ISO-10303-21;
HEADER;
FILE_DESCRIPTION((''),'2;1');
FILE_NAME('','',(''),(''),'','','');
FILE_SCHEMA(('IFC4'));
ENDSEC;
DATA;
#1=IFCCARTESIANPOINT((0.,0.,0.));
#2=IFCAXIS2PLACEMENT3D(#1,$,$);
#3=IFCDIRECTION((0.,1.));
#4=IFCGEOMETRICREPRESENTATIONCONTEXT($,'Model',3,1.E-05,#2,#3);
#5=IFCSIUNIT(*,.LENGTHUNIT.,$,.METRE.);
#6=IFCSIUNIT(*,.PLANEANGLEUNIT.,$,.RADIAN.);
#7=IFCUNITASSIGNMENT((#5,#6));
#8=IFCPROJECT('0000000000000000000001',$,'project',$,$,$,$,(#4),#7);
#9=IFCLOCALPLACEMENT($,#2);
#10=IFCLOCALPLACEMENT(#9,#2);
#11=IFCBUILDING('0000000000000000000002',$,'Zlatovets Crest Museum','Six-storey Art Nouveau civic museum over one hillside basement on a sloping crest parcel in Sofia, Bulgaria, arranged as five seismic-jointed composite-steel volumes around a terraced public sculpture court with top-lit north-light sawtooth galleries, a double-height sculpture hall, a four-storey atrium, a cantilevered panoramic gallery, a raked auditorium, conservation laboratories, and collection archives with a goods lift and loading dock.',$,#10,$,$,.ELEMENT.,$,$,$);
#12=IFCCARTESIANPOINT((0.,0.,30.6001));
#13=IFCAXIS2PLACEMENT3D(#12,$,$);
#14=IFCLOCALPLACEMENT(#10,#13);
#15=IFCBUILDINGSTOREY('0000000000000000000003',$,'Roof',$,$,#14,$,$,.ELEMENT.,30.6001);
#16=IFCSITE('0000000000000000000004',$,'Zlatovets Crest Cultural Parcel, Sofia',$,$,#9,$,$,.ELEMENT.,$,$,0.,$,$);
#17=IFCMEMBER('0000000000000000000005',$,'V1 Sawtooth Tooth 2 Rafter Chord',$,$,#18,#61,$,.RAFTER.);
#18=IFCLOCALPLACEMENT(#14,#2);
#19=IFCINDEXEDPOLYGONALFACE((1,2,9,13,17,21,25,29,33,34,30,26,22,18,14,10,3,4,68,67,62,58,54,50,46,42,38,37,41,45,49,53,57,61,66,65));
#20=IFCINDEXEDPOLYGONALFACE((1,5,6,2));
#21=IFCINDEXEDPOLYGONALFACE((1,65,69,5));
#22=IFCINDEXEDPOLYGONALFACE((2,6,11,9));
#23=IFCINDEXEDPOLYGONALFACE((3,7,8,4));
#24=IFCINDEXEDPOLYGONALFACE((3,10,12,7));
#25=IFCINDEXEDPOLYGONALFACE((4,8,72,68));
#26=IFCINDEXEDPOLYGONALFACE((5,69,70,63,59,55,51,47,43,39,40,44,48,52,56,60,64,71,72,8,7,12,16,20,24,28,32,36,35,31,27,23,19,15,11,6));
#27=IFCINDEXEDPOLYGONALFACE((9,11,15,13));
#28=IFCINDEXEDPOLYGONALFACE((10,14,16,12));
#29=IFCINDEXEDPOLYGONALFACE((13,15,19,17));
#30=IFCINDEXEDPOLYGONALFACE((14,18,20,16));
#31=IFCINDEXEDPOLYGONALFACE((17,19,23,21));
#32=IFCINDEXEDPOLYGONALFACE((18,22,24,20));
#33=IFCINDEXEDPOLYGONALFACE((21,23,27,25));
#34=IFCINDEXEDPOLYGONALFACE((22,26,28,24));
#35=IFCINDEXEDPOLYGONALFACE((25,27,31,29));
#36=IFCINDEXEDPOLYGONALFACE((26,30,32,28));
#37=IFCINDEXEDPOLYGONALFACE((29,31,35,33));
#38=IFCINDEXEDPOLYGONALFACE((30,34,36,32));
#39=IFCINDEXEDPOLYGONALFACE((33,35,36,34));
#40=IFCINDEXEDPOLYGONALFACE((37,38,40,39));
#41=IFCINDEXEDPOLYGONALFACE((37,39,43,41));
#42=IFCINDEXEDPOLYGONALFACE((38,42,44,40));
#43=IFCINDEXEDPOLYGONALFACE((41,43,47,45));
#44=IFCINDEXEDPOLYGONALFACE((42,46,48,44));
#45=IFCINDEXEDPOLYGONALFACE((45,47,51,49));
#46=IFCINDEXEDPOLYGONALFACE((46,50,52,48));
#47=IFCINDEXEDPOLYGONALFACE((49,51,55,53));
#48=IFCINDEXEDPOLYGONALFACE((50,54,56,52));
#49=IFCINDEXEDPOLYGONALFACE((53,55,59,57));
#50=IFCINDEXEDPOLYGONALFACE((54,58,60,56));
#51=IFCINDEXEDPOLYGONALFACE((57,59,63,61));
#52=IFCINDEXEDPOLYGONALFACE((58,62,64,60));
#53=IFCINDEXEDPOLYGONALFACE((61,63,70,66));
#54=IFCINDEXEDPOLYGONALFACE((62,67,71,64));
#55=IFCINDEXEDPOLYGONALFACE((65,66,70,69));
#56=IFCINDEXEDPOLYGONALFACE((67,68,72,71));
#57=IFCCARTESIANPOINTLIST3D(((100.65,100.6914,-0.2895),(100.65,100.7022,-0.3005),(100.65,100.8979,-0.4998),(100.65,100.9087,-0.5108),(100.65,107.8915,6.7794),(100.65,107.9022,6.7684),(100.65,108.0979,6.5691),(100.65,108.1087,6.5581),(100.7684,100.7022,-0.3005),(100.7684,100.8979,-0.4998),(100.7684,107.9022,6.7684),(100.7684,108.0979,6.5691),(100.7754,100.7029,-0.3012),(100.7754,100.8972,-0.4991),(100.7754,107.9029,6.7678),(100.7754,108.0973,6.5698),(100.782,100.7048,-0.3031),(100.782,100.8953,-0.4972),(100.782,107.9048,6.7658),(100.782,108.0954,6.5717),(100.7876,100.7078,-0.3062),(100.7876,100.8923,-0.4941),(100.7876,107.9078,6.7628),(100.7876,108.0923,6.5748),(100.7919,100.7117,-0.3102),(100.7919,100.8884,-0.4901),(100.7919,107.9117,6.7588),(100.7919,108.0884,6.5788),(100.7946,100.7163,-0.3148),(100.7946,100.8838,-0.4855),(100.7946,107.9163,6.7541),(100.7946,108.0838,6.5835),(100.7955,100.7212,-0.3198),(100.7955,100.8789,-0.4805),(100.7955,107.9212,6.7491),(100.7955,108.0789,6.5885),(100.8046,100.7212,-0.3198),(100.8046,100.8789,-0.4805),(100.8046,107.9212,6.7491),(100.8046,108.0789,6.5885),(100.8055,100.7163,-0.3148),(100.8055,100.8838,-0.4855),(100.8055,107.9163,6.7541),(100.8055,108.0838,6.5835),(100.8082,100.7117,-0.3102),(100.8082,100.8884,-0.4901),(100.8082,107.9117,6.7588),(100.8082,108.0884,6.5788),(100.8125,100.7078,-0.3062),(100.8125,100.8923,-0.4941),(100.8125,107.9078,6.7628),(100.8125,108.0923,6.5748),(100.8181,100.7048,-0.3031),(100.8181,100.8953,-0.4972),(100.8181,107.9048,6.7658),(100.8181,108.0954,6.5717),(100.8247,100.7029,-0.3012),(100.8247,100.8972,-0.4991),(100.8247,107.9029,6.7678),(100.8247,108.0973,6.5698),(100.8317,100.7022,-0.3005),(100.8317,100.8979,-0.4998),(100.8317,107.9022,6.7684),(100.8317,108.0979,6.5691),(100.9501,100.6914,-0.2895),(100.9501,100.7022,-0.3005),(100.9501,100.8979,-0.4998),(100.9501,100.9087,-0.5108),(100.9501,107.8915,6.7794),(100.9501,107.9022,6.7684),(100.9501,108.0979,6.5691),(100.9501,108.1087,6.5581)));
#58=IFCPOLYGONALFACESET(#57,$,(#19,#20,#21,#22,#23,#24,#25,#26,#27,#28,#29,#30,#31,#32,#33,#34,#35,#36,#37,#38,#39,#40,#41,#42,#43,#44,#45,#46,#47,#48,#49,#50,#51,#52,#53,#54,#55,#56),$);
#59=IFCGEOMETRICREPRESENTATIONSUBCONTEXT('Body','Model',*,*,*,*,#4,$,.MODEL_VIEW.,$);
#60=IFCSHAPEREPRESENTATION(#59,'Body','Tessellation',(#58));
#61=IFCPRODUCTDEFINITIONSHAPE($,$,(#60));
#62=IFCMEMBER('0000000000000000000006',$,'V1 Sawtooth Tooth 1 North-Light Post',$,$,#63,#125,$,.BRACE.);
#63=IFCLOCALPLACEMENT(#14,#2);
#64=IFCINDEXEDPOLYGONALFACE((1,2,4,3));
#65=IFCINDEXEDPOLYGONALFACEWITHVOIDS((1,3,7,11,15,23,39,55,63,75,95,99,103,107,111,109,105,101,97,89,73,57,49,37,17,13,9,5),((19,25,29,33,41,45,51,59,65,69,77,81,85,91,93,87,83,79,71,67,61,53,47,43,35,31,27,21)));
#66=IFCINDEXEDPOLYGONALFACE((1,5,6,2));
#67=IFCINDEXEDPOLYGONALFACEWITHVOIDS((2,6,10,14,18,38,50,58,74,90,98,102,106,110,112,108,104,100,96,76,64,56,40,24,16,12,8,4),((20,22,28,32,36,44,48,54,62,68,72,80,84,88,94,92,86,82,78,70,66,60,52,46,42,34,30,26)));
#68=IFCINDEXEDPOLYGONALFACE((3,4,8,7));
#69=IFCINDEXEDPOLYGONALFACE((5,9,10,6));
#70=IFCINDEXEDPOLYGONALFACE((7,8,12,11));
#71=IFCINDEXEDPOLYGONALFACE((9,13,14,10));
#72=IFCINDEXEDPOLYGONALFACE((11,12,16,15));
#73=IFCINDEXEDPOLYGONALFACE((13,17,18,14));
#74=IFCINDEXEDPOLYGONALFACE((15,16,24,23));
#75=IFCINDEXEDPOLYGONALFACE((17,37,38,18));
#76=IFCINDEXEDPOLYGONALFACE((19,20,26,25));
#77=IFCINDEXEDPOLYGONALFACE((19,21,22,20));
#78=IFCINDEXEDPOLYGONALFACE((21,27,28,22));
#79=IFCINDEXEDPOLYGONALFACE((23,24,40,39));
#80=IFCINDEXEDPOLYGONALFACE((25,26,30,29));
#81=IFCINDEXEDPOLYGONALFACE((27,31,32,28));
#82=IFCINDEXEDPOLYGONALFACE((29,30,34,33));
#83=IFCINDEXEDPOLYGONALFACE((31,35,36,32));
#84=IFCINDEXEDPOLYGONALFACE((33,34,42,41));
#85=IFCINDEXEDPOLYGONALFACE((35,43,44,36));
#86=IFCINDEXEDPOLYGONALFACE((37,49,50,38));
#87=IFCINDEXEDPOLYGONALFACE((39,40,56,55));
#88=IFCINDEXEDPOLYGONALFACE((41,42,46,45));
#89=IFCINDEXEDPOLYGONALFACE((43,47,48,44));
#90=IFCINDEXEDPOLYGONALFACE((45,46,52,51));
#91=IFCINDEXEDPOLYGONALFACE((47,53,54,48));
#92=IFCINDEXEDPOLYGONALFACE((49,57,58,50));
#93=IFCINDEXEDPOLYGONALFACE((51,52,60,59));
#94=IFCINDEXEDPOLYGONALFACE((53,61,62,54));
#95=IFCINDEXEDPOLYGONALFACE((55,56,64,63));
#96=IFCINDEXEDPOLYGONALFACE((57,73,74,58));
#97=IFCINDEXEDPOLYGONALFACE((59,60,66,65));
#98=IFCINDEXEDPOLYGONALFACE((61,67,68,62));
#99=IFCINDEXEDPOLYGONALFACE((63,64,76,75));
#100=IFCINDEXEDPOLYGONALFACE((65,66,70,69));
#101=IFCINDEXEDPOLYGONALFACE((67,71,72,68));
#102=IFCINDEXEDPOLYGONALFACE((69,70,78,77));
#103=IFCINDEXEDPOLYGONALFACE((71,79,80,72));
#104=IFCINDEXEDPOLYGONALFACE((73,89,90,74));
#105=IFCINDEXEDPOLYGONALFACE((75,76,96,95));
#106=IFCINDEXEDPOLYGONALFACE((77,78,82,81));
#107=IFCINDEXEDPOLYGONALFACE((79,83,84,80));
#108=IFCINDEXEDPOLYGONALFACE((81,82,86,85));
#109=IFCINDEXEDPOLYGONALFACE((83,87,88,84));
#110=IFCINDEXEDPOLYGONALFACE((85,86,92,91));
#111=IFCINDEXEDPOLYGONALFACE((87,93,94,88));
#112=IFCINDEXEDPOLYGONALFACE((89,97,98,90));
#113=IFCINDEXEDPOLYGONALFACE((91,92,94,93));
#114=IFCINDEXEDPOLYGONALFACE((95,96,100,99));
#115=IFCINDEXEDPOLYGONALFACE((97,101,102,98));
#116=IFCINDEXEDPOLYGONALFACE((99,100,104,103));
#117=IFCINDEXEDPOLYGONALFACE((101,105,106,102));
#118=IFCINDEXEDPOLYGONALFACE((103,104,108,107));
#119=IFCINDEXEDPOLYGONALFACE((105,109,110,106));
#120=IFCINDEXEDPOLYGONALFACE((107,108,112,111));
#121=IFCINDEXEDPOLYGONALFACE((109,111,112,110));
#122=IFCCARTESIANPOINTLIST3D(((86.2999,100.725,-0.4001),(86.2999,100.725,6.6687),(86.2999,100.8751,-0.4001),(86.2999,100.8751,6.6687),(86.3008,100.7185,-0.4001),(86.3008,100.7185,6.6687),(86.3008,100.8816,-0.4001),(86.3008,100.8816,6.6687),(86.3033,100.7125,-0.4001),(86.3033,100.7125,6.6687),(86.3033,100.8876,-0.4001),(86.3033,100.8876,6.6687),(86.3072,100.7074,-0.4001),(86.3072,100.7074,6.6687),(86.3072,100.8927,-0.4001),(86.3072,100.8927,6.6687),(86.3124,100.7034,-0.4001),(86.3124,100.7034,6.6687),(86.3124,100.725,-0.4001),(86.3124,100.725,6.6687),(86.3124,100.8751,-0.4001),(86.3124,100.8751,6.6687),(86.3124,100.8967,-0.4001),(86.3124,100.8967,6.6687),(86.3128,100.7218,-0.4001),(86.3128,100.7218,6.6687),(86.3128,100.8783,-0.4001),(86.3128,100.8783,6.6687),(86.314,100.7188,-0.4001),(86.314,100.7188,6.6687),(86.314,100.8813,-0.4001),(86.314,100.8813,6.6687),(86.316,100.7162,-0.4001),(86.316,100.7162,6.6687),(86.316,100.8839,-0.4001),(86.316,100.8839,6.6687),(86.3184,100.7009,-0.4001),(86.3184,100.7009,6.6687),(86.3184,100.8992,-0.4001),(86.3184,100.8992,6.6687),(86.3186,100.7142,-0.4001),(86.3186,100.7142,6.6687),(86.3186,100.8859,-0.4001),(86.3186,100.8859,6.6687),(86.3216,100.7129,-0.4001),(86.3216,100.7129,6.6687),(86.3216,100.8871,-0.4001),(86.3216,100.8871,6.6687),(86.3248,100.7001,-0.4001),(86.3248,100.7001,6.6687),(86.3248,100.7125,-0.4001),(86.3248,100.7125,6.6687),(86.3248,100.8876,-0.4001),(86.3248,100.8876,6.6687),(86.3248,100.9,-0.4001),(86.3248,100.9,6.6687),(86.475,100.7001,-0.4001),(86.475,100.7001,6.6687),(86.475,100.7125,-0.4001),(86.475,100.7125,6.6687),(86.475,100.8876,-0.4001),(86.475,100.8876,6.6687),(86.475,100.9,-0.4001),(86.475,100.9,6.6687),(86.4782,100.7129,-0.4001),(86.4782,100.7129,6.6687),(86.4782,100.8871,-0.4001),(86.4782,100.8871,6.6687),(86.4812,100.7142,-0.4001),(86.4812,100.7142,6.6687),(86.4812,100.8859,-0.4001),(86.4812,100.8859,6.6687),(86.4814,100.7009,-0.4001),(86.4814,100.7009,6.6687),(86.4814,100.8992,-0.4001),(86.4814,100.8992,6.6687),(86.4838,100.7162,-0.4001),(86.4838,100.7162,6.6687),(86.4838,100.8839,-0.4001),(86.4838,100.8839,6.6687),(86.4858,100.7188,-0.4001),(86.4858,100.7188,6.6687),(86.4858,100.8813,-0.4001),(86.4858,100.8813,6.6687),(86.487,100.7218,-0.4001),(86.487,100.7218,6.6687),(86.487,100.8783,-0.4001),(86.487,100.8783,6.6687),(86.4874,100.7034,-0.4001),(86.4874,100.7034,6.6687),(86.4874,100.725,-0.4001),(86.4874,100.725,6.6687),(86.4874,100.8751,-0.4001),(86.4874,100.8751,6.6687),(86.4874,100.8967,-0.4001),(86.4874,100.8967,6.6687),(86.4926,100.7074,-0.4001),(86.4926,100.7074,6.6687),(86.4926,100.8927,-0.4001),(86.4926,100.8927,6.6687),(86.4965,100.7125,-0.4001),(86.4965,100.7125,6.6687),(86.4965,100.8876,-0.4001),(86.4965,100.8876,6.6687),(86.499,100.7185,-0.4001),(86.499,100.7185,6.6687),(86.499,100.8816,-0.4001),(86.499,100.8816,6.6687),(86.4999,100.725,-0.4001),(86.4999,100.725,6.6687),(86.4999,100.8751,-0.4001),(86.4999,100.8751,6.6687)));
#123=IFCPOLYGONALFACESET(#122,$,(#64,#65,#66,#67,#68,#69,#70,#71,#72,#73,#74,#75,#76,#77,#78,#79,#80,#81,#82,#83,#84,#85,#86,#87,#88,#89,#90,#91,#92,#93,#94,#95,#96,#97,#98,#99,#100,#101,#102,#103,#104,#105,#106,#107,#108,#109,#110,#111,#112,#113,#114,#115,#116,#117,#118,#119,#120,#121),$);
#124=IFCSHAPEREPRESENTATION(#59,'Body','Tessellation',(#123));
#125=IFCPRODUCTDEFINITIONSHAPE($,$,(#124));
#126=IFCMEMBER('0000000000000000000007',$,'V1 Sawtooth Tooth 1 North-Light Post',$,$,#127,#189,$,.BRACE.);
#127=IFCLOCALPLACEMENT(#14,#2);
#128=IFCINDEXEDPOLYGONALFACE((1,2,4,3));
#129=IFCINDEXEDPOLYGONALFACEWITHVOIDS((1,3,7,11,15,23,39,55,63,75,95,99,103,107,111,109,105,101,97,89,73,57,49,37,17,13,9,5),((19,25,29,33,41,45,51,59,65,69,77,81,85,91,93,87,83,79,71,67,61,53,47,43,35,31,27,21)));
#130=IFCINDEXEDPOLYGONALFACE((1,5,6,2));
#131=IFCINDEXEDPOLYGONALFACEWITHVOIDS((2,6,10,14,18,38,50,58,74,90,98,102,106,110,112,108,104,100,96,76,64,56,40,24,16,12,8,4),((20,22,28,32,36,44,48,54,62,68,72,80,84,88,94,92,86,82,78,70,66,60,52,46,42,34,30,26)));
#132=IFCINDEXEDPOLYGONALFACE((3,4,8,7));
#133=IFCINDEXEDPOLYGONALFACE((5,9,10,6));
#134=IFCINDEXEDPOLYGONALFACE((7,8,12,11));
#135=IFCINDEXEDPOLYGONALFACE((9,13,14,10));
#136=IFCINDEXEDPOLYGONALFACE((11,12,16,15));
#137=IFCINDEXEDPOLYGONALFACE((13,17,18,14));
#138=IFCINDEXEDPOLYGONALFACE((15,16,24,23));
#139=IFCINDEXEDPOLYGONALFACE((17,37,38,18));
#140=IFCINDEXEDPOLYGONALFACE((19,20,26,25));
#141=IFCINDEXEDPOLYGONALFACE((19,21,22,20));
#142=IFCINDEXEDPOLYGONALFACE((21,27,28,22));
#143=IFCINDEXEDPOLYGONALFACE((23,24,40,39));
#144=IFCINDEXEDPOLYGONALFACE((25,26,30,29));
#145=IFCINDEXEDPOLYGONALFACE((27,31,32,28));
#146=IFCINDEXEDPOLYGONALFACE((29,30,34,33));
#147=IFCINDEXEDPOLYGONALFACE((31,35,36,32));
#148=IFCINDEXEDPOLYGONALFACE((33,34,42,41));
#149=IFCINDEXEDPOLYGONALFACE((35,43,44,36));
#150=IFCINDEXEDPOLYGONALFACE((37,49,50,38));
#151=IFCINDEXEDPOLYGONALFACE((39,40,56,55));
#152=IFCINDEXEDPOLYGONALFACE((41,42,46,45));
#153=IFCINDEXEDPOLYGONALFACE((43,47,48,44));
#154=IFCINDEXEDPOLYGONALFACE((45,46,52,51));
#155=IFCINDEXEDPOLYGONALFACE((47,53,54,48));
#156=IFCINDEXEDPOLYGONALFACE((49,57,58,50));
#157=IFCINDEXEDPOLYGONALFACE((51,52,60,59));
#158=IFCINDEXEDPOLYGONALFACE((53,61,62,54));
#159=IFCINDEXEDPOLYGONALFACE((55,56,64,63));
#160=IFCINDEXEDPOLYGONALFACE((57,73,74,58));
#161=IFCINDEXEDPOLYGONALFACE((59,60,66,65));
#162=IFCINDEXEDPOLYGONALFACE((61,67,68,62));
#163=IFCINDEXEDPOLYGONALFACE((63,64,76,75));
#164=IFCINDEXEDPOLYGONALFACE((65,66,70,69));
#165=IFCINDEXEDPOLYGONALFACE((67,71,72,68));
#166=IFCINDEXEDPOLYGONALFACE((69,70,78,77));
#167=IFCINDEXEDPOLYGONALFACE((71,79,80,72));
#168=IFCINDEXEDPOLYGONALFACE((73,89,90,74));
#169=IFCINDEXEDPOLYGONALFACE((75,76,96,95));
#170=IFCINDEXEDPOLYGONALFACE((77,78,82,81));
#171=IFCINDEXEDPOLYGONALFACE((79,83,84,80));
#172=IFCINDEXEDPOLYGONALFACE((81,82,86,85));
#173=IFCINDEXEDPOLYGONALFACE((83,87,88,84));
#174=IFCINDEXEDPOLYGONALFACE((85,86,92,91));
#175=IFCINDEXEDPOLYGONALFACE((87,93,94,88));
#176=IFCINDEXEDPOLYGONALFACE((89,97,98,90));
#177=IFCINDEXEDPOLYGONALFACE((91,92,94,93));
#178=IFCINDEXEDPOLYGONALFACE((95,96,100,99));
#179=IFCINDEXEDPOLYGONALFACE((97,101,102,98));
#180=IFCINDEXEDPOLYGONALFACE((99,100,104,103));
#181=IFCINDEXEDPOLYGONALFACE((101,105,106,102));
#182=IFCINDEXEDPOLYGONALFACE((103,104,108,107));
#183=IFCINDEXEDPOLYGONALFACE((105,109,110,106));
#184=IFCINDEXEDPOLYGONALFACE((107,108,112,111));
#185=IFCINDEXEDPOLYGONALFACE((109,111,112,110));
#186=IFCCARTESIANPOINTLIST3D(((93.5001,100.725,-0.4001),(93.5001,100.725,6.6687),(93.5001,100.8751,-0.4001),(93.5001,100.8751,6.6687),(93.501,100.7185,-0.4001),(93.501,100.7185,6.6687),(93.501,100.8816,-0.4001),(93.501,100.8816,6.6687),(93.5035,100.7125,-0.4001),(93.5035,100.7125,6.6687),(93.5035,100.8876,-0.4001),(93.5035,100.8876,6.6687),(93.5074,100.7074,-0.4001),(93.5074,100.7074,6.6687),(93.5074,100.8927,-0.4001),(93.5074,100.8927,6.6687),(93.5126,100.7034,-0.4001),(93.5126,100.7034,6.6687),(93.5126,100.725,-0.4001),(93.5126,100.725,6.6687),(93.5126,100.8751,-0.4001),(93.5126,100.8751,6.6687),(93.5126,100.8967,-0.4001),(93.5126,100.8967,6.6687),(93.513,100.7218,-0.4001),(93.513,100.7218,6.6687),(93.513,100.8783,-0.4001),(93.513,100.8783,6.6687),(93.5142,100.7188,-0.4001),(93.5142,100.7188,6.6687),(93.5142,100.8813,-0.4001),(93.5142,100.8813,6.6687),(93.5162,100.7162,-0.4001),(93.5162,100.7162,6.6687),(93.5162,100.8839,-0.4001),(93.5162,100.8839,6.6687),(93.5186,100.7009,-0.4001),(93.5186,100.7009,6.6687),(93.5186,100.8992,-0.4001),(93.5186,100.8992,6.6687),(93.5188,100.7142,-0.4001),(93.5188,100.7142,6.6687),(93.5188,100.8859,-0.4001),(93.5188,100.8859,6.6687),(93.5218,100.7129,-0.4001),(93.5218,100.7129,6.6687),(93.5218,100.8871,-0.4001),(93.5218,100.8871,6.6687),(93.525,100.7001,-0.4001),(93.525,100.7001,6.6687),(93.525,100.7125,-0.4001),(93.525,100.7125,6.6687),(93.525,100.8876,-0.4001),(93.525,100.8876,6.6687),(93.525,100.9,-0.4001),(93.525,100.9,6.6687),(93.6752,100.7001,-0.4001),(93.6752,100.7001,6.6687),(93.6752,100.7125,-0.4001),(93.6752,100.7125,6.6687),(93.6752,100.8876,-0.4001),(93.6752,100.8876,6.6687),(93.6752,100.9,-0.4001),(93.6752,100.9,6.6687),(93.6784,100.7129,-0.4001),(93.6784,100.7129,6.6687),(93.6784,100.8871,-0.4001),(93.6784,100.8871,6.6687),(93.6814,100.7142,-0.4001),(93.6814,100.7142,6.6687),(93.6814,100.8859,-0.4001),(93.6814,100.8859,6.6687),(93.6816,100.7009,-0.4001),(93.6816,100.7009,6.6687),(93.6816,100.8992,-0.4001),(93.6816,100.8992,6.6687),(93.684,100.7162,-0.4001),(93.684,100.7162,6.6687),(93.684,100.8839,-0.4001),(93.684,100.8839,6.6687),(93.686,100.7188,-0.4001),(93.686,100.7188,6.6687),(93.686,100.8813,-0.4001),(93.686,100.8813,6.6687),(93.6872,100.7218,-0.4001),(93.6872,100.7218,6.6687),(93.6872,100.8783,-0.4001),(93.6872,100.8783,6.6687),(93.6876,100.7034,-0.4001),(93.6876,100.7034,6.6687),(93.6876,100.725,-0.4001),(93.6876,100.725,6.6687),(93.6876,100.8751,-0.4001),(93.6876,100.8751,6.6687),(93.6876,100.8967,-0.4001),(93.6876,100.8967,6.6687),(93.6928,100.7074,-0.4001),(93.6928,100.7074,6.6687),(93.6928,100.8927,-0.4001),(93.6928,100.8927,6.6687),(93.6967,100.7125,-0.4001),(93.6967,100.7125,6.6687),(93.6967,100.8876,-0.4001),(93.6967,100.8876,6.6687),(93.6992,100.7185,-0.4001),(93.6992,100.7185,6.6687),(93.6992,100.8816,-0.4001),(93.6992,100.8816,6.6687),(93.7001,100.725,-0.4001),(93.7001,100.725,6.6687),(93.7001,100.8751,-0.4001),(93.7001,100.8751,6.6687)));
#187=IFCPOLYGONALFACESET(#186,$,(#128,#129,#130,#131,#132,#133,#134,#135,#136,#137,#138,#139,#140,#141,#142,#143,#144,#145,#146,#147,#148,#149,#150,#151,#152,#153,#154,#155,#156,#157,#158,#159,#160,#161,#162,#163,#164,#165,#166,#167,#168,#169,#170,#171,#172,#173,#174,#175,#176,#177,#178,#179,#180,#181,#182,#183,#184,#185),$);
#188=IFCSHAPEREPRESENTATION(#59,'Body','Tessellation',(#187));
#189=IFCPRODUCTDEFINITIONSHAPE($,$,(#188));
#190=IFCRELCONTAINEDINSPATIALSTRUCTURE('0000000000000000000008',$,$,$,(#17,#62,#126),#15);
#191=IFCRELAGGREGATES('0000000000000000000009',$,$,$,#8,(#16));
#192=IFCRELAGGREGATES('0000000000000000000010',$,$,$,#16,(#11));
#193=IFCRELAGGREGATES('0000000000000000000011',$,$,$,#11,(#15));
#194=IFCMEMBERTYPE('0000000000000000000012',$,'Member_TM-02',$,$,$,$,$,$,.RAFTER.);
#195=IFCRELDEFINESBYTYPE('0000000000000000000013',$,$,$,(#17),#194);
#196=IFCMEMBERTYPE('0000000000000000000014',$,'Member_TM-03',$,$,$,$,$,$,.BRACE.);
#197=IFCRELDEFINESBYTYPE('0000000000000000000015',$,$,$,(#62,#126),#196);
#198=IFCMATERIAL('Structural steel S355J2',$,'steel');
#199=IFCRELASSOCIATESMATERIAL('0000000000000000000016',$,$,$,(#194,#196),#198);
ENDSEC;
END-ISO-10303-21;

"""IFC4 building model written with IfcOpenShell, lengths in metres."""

from ifc_helpers import new_model, si_unit, direction, frame, origin, origin_2d, place, context, subcontext, project, spatial, hollow_rectangle, i_section, extrude, material, material_profile, profile_set, type_object, element, save


model = new_model("IFC4")

# Units and contexts
model_context = context("Model", 3, precision=1e-05, world=origin(), true_north=direction((0.0, 1.0)))
body_context = subcontext(model_context, "Body", "Model", "MODEL_VIEW")
ifc_project = project(units=[si_unit("LENGTHUNIT", "METRE"), si_unit("PLANEANGLEUNIT", "RADIAN")], contexts=[model_context])

# Site, building, storey
site_placement = place(None, origin())
site = spatial("IfcSite", under=ifc_project, at=site_placement, Name="Zlatovets Crest Cultural Parcel, Sofia", CompositionType="ELEMENT", RefElevation=0.0)
building_placement = place(site_placement, origin())
building = spatial("IfcBuilding", under=site, at=building_placement, Name="Zlatovets Crest Museum", Description="Six-storey Art Nouveau civic museum over one hillside basement on a sloping crest parcel in Sofia, Bulgaria, arranged as five seismic-jointed composite-steel volumes around a terraced public sculpture court with top-lit north-light sawtooth galleries, a double-height sculpture hall, a four-storey atrium, a cantilevered panoramic gallery, a raked auditorium, conservation laboratories, and collection archives with a goods lift and loading dock.", CompositionType="ELEMENT")
storey_placement = place(building_placement, frame((0.0, 0.0, 30.6001)))
storey = spatial("IfcBuildingStorey", under=building, at=storey_placement, Name="Roof", CompositionType="ELEMENT", Elevation=30.6001)

# Shared definitions
ifc_material_1 = material(Name="Structural steel S355J2", Category="steel")

# Members
ifc_material_profile_1 = material_profile(ifc_material_1, i_section(OverallWidth=0.3, OverallDepth=0.3101, WebThickness=0.009, FlangeThickness=0.0154, FilletRadius=0.0271, at=origin_2d()), Name="HEA 320")
ifc_profile_set_1 = profile_set([ifc_material_profile_1], Name="Structural steel S355J2")
member_type_1 = type_object("IfcMemberType", Name="Member_TM-02", PredefinedType="RAFTER", material=ifc_profile_set_1)
for number, where, z_axis, x_axis, name in (
    (1, (100.8, 100.8, -0.4001), (0.0, 0.713574, 0.70058), (-1.0, 0.0, 0.0), "V1 Sawtooth Tooth 2 Rafter Chord"),
):
    element("IfcMember", number, at=place(storey_placement, frame(where, z_axis=z_axis, x_axis=x_axis)), inside=storey, type_object=member_type_1, Name=name, PredefinedType="RAFTER", context=body_context, shape_type="SweptSolid", body=[
        extrude(i_section(OverallWidth=0.3, OverallDepth=0.3101, WebThickness=0.009, FlangeThickness=0.0154, FilletRadius=0.0271, at=origin_2d()), origin(), (0.0, 0.0, 1.0), 10.0901),
    ])
ifc_material_profile_2 = material_profile(ifc_material_1, hollow_rectangle(XDim=0.2, YDim=0.2, WallThickness=0.0125, InnerFilletRadius=0.0125, OuterFilletRadius=0.0249, at=origin_2d()), Name="SHS 200x200x12.5")
ifc_profile_set_2 = profile_set([ifc_material_profile_2], Name="Structural steel S355J2")
member_type_2 = type_object("IfcMemberType", Name="Member_TM-03", PredefinedType="BRACE", material=ifc_profile_set_2)
for number, where, z_axis, x_axis, name in (
    (2, (86.3999, 100.8, -0.4001), (0.0, 0.0, 1.0), (1.0, 0.0, 0.0), "V1 Sawtooth Tooth 1 North-Light Post"),
    (3, (93.6001, 100.8, -0.4001), (0.0, 0.0, 1.0), (1.0, 0.0, 0.0), "V1 Sawtooth Tooth 1 North-Light Post"),
):
    element("IfcMember", number, at=place(storey_placement, frame(where, z_axis=z_axis, x_axis=x_axis)), inside=storey, type_object=member_type_2, Name=name, PredefinedType="BRACE", context=body_context, shape_type="SweptSolid", body=[
        extrude(hollow_rectangle(XDim=0.2, YDim=0.2, WallThickness=0.0125, InnerFilletRadius=0.0125, OuterFilletRadius=0.0249, at=origin_2d()), origin(), (0.0, 0.0, 1.0), 7.0688),
    ])

save(model, "model.ifc")
